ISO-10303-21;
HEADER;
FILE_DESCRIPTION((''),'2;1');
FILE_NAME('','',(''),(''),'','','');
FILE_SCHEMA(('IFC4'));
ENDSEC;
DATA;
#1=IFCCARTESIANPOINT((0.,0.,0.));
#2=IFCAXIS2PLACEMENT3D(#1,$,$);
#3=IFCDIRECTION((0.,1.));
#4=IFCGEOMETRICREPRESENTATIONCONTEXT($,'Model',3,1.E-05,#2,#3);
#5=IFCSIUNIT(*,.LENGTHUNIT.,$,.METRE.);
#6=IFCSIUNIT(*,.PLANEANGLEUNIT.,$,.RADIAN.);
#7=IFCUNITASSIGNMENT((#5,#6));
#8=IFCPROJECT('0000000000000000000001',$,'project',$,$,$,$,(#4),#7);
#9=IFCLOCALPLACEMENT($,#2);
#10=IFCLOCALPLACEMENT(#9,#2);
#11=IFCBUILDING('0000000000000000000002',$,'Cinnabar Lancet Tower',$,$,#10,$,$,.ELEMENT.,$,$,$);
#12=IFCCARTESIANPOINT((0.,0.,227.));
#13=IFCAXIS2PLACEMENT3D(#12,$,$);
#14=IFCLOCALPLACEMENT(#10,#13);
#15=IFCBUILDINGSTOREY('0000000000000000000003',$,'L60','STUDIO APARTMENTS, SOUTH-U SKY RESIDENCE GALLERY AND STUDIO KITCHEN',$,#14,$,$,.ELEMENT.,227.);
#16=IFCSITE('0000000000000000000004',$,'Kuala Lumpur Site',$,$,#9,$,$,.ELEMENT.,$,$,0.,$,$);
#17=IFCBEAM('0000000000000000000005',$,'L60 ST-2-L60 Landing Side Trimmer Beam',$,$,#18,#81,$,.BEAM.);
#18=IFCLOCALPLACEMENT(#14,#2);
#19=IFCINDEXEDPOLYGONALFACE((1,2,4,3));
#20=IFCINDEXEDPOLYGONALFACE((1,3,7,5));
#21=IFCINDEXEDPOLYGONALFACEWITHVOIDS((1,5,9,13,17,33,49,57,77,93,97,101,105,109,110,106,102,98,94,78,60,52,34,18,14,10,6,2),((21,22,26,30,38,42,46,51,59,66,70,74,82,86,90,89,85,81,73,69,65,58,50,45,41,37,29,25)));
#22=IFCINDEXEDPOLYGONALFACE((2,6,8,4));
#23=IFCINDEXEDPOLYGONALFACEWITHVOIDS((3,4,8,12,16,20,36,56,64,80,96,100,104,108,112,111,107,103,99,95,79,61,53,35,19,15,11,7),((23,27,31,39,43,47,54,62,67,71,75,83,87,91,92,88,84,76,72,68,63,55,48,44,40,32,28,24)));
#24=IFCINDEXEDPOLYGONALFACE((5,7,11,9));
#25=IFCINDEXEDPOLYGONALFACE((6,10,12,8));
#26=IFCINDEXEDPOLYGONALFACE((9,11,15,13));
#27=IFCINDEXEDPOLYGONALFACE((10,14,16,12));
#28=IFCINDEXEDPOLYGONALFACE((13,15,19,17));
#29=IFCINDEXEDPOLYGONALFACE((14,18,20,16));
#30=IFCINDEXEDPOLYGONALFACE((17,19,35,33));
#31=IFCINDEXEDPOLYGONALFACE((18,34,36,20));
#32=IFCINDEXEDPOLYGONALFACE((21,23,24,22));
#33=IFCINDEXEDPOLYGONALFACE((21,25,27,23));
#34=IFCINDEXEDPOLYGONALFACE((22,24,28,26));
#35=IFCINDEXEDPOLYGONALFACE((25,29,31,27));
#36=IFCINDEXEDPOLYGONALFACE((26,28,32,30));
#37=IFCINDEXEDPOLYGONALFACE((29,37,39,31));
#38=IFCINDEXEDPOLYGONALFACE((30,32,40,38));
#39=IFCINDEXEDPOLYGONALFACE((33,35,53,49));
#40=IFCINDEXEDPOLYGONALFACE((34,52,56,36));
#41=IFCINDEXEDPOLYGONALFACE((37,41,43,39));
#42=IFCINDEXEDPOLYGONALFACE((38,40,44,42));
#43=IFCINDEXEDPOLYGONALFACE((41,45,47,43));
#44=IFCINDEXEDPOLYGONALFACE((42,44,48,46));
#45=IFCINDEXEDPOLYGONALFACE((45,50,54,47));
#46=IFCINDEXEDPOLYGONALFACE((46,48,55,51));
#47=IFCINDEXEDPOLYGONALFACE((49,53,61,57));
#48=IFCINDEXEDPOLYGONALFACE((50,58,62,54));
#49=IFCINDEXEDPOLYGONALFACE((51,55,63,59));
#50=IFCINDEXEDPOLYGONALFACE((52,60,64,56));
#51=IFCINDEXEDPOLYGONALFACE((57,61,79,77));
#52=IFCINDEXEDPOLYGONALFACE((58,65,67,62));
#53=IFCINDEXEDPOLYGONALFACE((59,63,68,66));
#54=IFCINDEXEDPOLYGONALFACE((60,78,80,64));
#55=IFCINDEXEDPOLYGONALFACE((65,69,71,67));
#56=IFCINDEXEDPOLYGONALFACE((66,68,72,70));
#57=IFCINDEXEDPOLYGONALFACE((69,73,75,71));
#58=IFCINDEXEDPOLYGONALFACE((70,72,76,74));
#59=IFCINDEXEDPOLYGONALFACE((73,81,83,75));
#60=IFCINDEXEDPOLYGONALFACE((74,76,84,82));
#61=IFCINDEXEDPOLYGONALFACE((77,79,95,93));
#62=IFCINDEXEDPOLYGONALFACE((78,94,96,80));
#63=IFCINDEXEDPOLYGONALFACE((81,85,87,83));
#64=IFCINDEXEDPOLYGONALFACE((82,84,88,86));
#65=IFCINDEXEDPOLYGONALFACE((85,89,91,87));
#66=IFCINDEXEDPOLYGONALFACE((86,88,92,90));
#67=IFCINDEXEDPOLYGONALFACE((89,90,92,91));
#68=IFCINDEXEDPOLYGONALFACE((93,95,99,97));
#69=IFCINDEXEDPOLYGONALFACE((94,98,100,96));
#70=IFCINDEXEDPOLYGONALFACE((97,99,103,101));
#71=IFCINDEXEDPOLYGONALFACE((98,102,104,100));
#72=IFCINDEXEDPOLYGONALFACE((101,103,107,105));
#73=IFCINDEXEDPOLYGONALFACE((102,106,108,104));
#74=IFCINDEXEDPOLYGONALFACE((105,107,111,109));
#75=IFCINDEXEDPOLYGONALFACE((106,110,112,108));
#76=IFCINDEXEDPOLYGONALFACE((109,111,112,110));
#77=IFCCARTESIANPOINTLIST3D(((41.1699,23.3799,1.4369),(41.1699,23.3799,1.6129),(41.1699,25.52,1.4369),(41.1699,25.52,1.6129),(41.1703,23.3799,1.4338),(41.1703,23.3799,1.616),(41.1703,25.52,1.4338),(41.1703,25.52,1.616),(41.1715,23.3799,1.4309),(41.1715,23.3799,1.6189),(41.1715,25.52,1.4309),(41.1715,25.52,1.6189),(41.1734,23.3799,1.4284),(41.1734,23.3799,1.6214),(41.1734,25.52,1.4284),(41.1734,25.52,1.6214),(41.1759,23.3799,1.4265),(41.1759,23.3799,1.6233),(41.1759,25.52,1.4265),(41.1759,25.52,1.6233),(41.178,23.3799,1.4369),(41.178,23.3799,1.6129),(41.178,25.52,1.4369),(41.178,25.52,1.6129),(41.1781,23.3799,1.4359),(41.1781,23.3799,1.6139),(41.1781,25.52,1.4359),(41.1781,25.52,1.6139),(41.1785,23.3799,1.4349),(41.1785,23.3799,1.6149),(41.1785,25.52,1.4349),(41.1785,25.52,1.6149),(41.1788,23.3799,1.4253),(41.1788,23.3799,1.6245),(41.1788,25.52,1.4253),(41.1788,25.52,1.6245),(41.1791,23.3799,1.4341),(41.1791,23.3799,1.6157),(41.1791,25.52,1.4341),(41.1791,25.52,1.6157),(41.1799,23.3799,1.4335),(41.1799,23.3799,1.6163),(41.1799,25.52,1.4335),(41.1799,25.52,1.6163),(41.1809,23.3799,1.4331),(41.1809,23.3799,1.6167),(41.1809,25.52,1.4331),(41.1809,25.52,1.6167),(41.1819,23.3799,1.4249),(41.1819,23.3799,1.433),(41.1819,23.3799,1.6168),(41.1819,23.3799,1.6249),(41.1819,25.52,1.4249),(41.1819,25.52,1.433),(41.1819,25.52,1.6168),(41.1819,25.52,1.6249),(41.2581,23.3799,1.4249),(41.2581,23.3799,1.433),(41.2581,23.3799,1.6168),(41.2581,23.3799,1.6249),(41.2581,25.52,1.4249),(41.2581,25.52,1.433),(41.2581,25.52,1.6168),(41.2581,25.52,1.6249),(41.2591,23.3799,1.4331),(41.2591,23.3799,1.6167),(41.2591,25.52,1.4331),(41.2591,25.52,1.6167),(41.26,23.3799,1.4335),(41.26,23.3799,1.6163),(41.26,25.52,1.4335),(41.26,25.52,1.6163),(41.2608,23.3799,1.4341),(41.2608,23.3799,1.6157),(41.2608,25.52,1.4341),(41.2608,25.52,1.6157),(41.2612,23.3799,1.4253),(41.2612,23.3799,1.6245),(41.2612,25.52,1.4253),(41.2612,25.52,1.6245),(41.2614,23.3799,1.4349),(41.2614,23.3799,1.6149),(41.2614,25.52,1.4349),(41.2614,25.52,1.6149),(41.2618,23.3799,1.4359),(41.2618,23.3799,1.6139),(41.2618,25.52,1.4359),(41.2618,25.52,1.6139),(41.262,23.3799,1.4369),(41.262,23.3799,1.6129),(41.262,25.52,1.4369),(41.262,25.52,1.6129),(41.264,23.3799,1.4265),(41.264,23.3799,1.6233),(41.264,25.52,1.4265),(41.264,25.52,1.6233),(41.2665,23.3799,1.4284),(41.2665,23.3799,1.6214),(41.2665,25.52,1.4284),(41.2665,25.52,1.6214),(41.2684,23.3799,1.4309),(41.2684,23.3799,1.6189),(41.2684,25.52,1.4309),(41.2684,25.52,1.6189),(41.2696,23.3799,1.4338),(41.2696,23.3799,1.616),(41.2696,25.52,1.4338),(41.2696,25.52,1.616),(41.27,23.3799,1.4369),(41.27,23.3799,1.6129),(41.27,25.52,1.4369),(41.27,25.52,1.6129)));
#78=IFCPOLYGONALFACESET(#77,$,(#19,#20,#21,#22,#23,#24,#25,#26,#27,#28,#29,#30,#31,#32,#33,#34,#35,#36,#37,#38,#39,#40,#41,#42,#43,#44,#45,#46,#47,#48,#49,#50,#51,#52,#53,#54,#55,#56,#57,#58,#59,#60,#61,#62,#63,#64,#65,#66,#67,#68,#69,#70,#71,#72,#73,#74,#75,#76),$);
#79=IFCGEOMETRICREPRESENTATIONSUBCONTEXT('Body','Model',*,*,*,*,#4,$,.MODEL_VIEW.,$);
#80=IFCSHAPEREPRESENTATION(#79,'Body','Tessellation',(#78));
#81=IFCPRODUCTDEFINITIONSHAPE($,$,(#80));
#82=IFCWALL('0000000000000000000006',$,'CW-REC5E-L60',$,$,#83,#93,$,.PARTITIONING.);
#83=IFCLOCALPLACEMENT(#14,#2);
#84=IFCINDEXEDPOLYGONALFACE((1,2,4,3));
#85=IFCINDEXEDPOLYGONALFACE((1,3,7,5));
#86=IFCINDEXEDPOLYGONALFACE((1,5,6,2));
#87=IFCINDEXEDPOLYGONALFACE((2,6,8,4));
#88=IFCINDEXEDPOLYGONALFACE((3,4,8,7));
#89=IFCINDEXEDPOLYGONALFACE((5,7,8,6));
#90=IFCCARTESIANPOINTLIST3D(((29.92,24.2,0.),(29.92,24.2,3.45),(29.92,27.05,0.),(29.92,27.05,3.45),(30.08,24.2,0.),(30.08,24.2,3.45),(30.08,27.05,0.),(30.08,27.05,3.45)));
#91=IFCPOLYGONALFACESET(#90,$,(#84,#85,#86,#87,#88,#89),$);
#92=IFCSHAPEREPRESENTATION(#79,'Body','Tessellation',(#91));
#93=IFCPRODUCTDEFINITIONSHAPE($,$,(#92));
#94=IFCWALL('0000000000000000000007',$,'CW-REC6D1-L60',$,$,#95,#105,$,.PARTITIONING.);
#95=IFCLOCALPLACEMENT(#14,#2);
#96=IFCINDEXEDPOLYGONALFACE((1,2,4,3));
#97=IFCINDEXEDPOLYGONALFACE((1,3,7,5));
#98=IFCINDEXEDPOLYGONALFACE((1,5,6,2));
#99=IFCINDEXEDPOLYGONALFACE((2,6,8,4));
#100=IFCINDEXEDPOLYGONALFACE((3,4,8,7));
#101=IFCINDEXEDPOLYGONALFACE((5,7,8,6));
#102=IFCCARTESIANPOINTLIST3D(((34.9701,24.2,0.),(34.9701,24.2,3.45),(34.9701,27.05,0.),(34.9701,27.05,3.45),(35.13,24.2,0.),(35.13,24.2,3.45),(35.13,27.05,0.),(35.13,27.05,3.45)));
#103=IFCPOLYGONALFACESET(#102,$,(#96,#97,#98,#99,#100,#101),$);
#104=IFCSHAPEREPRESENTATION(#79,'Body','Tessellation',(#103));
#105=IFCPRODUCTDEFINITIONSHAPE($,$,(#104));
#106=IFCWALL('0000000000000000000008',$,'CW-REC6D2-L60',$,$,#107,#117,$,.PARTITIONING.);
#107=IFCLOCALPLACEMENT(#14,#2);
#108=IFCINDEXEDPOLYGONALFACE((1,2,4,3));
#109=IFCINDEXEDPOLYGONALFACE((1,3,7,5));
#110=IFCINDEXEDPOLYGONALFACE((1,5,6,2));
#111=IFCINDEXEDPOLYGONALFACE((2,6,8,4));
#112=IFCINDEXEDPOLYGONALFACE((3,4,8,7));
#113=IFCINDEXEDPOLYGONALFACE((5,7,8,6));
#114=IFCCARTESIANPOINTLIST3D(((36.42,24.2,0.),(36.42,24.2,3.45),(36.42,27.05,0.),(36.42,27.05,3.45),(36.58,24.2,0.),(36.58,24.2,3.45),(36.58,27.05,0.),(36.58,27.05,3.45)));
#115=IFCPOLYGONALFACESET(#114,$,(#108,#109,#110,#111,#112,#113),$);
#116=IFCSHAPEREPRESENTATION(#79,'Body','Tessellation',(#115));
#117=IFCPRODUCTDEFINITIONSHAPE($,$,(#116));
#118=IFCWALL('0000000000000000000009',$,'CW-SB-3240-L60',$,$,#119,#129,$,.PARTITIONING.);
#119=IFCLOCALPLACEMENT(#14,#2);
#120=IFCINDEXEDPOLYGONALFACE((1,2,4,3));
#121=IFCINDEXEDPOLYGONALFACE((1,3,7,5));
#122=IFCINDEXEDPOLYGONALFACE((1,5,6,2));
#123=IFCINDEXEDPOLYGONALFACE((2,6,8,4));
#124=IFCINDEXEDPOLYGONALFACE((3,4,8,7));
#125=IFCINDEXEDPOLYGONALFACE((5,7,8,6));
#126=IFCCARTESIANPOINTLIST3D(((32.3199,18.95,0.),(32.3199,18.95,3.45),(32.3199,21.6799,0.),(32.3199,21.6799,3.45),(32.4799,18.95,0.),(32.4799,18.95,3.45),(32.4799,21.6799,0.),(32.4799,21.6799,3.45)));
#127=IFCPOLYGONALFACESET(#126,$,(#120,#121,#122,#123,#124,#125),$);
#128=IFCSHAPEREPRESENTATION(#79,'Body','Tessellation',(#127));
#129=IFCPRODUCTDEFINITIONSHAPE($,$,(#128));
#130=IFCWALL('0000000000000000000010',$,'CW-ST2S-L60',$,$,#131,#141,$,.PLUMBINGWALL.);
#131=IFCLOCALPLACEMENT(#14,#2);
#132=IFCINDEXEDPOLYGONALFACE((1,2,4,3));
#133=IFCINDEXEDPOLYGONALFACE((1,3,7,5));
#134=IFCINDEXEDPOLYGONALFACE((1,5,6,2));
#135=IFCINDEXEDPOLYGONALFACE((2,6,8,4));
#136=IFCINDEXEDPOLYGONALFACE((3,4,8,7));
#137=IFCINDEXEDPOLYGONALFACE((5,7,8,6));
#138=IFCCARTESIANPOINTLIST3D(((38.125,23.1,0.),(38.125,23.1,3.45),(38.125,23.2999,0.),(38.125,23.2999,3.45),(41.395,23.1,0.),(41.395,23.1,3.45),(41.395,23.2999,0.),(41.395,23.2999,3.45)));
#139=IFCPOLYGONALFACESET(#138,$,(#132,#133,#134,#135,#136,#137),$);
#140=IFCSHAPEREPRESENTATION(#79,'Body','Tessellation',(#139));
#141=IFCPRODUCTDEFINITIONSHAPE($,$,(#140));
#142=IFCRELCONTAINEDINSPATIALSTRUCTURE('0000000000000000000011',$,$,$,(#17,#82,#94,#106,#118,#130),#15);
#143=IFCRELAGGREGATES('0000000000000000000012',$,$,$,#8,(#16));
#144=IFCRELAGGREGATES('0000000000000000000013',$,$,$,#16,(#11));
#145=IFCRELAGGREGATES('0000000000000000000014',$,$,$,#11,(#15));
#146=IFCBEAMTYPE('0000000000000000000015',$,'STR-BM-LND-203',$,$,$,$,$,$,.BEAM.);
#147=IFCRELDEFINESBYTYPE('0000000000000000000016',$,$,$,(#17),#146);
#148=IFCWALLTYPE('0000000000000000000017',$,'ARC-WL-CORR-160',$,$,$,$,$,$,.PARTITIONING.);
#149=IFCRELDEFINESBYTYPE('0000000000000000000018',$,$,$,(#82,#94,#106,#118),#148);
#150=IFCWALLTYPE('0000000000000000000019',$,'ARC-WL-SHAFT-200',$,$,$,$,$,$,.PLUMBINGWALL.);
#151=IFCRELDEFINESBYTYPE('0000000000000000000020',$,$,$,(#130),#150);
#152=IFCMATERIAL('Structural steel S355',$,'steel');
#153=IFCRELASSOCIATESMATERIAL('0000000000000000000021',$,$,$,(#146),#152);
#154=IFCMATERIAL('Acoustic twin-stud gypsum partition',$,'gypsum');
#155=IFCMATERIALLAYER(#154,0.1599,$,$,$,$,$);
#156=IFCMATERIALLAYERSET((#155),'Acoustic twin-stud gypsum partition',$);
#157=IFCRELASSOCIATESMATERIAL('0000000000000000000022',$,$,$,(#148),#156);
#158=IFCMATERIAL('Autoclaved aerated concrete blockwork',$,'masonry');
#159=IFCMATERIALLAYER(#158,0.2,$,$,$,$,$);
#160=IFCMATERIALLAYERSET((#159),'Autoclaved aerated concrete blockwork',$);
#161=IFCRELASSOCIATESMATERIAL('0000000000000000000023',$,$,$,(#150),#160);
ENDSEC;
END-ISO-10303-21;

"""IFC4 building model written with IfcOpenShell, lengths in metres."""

from ifc_helpers import new_model, si_unit, direction, frame, frame_2d, origin, origin_2d, place, context, subcontext, project, spatial, rectangle, hollow_rectangle, extrude, material, layer, layer_set, material_profile, profile_set, type_object, element, save


model = new_model("IFC4")

# Units and contexts
model_context = context("Model", 3, precision=1e-05, world=origin(), true_north=direction((0.0, 1.0)))
body_context = subcontext(model_context, "Body", "Model", "MODEL_VIEW")
ifc_project = project(units=[si_unit("LENGTHUNIT", "METRE"), si_unit("PLANEANGLEUNIT", "RADIAN")], contexts=[model_context])

# Site, building, storey
site_placement = place(None, origin())
site = spatial("IfcSite", under=ifc_project, at=site_placement, Name="Kuala Lumpur Site", CompositionType="ELEMENT", RefElevation=0.0)
building_placement = place(site_placement, origin())
building = spatial("IfcBuilding", under=site, at=building_placement, Name="Cinnabar Lancet Tower", CompositionType="ELEMENT")
storey_placement = place(building_placement, frame((0.0, 0.0, 227.0)))
storey = spatial("IfcBuildingStorey", under=building, at=storey_placement, Name="L60", Description="STUDIO APARTMENTS, SOUTH-U SKY RESIDENCE GALLERY AND STUDIO KITCHEN", CompositionType="ELEMENT", Elevation=227.0)

# Beam
ifc_material_1 = material(Name="Structural steel S355", Category="steel")
ifc_material_profile = material_profile(ifc_material_1, hollow_rectangle(XDim=0.1001, YDim=0.2, WallThickness=0.0081, InnerFilletRadius=0.0039, OuterFilletRadius=0.012, at=origin_2d()), Name="RHS 200x100x8")
ifc_profile_set = profile_set([ifc_material_profile], Name="Structural steel S355")
beam_type = type_object("IfcBeamType", Name="STR-BM-LND-203", PredefinedType="BEAM", material=ifc_profile_set)
beam_placement = place(storey_placement, frame((41.22, 23.3799, 1.5249), z_axis=(0.0, 1.0, 0.0), x_axis=(-1.0, 0.0, 0.0)))
element("IfcBeam", 1, at=beam_placement, inside=storey, type_object=beam_type, Name="L60 ST-2-L60 Landing Side Trimmer Beam", PredefinedType="BEAM", context=body_context, shape_type="SweptSolid", body=[
    extrude(hollow_rectangle(XDim=0.1001, YDim=0.2, WallThickness=0.0081, InnerFilletRadius=0.0039, OuterFilletRadius=0.012, at=origin_2d()), origin(), (0.0, 0.0, 1.0), 2.1401),
])

# Walls
ifc_material_2 = material(Name="Acoustic twin-stud gypsum partition", Category="gypsum")
ifc_layer_1 = layer(ifc_material_2, 0.1599)
ifc_layer_set_1 = layer_set([ifc_layer_1], Name="Acoustic twin-stud gypsum partition")
wall_type_1 = type_object("IfcWallType", Name="ARC-WL-CORR-160", PredefinedType="PARTITIONING", material=ifc_layer_set_1)
for number, where, z_axis, x_axis, name in (
    (2, (30.0, 24.2, 0.0), (0.0, 0.0, 1.0), (0.0, 1.0, 0.0), "CW-REC5E-L60"),
    (3, (35.05, 24.2, 0.0), (0.0, 0.0, 1.0), (0.0, 1.0, 0.0), "CW-REC6D1-L60"),
    (4, (36.5, 24.2, 0.0), (0.0, 0.0, 1.0), (0.0, 1.0, 0.0), "CW-REC6D2-L60"),
):
    element("IfcWall", number, at=place(storey_placement, frame(where, z_axis=z_axis, x_axis=x_axis)), inside=storey, type_object=wall_type_1, Name=name, PredefinedType="PARTITIONING", context=body_context, shape_type="SweptSolid", body=[
        extrude(rectangle(XDim=2.8501, YDim=0.1599, at=frame_2d((1.425, 0.0))), origin(), (0.0, 0.0, 1.0), 3.45),
    ])
wall_1_placement = place(storey_placement, frame((32.3999, 18.95, 0.0), z_axis=(0.0, 0.0, 1.0), x_axis=(0.0, 1.0, 0.0)))
element("IfcWall", 5, at=wall_1_placement, inside=storey, type_object=wall_type_1, Name="CW-SB-3240-L60", PredefinedType="PARTITIONING", context=body_context, shape_type="SweptSolid", body=[
    extrude(rectangle(XDim=2.73, YDim=0.1599, at=frame_2d((1.365, 0.0))), origin(), (0.0, 0.0, 1.0), 3.45),
])
ifc_material_3 = material(Name="Autoclaved aerated concrete blockwork", Category="masonry")
ifc_layer_2 = layer(ifc_material_3, 0.2)
ifc_layer_set_2 = layer_set([ifc_layer_2], Name="Autoclaved aerated concrete blockwork")
wall_type_2 = type_object("IfcWallType", Name="ARC-WL-SHAFT-200", PredefinedType="PLUMBINGWALL", material=ifc_layer_set_2)
wall_2_placement = place(storey_placement, frame((38.125, 23.2, 0.0), z_axis=(0.0, 0.0, 1.0), x_axis=(1.0, 0.0, 0.0)))
element("IfcWall", 6, at=wall_2_placement, inside=storey, type_object=wall_type_2, Name="CW-ST2S-L60", PredefinedType="PLUMBINGWALL", context=body_context, shape_type="SweptSolid", body=[
    extrude(rectangle(XDim=3.27, YDim=0.2, at=frame_2d((1.635, 0.0))), origin(), (0.0, 0.0, 1.0), 3.45),
])

save(model, "model.ifc")
